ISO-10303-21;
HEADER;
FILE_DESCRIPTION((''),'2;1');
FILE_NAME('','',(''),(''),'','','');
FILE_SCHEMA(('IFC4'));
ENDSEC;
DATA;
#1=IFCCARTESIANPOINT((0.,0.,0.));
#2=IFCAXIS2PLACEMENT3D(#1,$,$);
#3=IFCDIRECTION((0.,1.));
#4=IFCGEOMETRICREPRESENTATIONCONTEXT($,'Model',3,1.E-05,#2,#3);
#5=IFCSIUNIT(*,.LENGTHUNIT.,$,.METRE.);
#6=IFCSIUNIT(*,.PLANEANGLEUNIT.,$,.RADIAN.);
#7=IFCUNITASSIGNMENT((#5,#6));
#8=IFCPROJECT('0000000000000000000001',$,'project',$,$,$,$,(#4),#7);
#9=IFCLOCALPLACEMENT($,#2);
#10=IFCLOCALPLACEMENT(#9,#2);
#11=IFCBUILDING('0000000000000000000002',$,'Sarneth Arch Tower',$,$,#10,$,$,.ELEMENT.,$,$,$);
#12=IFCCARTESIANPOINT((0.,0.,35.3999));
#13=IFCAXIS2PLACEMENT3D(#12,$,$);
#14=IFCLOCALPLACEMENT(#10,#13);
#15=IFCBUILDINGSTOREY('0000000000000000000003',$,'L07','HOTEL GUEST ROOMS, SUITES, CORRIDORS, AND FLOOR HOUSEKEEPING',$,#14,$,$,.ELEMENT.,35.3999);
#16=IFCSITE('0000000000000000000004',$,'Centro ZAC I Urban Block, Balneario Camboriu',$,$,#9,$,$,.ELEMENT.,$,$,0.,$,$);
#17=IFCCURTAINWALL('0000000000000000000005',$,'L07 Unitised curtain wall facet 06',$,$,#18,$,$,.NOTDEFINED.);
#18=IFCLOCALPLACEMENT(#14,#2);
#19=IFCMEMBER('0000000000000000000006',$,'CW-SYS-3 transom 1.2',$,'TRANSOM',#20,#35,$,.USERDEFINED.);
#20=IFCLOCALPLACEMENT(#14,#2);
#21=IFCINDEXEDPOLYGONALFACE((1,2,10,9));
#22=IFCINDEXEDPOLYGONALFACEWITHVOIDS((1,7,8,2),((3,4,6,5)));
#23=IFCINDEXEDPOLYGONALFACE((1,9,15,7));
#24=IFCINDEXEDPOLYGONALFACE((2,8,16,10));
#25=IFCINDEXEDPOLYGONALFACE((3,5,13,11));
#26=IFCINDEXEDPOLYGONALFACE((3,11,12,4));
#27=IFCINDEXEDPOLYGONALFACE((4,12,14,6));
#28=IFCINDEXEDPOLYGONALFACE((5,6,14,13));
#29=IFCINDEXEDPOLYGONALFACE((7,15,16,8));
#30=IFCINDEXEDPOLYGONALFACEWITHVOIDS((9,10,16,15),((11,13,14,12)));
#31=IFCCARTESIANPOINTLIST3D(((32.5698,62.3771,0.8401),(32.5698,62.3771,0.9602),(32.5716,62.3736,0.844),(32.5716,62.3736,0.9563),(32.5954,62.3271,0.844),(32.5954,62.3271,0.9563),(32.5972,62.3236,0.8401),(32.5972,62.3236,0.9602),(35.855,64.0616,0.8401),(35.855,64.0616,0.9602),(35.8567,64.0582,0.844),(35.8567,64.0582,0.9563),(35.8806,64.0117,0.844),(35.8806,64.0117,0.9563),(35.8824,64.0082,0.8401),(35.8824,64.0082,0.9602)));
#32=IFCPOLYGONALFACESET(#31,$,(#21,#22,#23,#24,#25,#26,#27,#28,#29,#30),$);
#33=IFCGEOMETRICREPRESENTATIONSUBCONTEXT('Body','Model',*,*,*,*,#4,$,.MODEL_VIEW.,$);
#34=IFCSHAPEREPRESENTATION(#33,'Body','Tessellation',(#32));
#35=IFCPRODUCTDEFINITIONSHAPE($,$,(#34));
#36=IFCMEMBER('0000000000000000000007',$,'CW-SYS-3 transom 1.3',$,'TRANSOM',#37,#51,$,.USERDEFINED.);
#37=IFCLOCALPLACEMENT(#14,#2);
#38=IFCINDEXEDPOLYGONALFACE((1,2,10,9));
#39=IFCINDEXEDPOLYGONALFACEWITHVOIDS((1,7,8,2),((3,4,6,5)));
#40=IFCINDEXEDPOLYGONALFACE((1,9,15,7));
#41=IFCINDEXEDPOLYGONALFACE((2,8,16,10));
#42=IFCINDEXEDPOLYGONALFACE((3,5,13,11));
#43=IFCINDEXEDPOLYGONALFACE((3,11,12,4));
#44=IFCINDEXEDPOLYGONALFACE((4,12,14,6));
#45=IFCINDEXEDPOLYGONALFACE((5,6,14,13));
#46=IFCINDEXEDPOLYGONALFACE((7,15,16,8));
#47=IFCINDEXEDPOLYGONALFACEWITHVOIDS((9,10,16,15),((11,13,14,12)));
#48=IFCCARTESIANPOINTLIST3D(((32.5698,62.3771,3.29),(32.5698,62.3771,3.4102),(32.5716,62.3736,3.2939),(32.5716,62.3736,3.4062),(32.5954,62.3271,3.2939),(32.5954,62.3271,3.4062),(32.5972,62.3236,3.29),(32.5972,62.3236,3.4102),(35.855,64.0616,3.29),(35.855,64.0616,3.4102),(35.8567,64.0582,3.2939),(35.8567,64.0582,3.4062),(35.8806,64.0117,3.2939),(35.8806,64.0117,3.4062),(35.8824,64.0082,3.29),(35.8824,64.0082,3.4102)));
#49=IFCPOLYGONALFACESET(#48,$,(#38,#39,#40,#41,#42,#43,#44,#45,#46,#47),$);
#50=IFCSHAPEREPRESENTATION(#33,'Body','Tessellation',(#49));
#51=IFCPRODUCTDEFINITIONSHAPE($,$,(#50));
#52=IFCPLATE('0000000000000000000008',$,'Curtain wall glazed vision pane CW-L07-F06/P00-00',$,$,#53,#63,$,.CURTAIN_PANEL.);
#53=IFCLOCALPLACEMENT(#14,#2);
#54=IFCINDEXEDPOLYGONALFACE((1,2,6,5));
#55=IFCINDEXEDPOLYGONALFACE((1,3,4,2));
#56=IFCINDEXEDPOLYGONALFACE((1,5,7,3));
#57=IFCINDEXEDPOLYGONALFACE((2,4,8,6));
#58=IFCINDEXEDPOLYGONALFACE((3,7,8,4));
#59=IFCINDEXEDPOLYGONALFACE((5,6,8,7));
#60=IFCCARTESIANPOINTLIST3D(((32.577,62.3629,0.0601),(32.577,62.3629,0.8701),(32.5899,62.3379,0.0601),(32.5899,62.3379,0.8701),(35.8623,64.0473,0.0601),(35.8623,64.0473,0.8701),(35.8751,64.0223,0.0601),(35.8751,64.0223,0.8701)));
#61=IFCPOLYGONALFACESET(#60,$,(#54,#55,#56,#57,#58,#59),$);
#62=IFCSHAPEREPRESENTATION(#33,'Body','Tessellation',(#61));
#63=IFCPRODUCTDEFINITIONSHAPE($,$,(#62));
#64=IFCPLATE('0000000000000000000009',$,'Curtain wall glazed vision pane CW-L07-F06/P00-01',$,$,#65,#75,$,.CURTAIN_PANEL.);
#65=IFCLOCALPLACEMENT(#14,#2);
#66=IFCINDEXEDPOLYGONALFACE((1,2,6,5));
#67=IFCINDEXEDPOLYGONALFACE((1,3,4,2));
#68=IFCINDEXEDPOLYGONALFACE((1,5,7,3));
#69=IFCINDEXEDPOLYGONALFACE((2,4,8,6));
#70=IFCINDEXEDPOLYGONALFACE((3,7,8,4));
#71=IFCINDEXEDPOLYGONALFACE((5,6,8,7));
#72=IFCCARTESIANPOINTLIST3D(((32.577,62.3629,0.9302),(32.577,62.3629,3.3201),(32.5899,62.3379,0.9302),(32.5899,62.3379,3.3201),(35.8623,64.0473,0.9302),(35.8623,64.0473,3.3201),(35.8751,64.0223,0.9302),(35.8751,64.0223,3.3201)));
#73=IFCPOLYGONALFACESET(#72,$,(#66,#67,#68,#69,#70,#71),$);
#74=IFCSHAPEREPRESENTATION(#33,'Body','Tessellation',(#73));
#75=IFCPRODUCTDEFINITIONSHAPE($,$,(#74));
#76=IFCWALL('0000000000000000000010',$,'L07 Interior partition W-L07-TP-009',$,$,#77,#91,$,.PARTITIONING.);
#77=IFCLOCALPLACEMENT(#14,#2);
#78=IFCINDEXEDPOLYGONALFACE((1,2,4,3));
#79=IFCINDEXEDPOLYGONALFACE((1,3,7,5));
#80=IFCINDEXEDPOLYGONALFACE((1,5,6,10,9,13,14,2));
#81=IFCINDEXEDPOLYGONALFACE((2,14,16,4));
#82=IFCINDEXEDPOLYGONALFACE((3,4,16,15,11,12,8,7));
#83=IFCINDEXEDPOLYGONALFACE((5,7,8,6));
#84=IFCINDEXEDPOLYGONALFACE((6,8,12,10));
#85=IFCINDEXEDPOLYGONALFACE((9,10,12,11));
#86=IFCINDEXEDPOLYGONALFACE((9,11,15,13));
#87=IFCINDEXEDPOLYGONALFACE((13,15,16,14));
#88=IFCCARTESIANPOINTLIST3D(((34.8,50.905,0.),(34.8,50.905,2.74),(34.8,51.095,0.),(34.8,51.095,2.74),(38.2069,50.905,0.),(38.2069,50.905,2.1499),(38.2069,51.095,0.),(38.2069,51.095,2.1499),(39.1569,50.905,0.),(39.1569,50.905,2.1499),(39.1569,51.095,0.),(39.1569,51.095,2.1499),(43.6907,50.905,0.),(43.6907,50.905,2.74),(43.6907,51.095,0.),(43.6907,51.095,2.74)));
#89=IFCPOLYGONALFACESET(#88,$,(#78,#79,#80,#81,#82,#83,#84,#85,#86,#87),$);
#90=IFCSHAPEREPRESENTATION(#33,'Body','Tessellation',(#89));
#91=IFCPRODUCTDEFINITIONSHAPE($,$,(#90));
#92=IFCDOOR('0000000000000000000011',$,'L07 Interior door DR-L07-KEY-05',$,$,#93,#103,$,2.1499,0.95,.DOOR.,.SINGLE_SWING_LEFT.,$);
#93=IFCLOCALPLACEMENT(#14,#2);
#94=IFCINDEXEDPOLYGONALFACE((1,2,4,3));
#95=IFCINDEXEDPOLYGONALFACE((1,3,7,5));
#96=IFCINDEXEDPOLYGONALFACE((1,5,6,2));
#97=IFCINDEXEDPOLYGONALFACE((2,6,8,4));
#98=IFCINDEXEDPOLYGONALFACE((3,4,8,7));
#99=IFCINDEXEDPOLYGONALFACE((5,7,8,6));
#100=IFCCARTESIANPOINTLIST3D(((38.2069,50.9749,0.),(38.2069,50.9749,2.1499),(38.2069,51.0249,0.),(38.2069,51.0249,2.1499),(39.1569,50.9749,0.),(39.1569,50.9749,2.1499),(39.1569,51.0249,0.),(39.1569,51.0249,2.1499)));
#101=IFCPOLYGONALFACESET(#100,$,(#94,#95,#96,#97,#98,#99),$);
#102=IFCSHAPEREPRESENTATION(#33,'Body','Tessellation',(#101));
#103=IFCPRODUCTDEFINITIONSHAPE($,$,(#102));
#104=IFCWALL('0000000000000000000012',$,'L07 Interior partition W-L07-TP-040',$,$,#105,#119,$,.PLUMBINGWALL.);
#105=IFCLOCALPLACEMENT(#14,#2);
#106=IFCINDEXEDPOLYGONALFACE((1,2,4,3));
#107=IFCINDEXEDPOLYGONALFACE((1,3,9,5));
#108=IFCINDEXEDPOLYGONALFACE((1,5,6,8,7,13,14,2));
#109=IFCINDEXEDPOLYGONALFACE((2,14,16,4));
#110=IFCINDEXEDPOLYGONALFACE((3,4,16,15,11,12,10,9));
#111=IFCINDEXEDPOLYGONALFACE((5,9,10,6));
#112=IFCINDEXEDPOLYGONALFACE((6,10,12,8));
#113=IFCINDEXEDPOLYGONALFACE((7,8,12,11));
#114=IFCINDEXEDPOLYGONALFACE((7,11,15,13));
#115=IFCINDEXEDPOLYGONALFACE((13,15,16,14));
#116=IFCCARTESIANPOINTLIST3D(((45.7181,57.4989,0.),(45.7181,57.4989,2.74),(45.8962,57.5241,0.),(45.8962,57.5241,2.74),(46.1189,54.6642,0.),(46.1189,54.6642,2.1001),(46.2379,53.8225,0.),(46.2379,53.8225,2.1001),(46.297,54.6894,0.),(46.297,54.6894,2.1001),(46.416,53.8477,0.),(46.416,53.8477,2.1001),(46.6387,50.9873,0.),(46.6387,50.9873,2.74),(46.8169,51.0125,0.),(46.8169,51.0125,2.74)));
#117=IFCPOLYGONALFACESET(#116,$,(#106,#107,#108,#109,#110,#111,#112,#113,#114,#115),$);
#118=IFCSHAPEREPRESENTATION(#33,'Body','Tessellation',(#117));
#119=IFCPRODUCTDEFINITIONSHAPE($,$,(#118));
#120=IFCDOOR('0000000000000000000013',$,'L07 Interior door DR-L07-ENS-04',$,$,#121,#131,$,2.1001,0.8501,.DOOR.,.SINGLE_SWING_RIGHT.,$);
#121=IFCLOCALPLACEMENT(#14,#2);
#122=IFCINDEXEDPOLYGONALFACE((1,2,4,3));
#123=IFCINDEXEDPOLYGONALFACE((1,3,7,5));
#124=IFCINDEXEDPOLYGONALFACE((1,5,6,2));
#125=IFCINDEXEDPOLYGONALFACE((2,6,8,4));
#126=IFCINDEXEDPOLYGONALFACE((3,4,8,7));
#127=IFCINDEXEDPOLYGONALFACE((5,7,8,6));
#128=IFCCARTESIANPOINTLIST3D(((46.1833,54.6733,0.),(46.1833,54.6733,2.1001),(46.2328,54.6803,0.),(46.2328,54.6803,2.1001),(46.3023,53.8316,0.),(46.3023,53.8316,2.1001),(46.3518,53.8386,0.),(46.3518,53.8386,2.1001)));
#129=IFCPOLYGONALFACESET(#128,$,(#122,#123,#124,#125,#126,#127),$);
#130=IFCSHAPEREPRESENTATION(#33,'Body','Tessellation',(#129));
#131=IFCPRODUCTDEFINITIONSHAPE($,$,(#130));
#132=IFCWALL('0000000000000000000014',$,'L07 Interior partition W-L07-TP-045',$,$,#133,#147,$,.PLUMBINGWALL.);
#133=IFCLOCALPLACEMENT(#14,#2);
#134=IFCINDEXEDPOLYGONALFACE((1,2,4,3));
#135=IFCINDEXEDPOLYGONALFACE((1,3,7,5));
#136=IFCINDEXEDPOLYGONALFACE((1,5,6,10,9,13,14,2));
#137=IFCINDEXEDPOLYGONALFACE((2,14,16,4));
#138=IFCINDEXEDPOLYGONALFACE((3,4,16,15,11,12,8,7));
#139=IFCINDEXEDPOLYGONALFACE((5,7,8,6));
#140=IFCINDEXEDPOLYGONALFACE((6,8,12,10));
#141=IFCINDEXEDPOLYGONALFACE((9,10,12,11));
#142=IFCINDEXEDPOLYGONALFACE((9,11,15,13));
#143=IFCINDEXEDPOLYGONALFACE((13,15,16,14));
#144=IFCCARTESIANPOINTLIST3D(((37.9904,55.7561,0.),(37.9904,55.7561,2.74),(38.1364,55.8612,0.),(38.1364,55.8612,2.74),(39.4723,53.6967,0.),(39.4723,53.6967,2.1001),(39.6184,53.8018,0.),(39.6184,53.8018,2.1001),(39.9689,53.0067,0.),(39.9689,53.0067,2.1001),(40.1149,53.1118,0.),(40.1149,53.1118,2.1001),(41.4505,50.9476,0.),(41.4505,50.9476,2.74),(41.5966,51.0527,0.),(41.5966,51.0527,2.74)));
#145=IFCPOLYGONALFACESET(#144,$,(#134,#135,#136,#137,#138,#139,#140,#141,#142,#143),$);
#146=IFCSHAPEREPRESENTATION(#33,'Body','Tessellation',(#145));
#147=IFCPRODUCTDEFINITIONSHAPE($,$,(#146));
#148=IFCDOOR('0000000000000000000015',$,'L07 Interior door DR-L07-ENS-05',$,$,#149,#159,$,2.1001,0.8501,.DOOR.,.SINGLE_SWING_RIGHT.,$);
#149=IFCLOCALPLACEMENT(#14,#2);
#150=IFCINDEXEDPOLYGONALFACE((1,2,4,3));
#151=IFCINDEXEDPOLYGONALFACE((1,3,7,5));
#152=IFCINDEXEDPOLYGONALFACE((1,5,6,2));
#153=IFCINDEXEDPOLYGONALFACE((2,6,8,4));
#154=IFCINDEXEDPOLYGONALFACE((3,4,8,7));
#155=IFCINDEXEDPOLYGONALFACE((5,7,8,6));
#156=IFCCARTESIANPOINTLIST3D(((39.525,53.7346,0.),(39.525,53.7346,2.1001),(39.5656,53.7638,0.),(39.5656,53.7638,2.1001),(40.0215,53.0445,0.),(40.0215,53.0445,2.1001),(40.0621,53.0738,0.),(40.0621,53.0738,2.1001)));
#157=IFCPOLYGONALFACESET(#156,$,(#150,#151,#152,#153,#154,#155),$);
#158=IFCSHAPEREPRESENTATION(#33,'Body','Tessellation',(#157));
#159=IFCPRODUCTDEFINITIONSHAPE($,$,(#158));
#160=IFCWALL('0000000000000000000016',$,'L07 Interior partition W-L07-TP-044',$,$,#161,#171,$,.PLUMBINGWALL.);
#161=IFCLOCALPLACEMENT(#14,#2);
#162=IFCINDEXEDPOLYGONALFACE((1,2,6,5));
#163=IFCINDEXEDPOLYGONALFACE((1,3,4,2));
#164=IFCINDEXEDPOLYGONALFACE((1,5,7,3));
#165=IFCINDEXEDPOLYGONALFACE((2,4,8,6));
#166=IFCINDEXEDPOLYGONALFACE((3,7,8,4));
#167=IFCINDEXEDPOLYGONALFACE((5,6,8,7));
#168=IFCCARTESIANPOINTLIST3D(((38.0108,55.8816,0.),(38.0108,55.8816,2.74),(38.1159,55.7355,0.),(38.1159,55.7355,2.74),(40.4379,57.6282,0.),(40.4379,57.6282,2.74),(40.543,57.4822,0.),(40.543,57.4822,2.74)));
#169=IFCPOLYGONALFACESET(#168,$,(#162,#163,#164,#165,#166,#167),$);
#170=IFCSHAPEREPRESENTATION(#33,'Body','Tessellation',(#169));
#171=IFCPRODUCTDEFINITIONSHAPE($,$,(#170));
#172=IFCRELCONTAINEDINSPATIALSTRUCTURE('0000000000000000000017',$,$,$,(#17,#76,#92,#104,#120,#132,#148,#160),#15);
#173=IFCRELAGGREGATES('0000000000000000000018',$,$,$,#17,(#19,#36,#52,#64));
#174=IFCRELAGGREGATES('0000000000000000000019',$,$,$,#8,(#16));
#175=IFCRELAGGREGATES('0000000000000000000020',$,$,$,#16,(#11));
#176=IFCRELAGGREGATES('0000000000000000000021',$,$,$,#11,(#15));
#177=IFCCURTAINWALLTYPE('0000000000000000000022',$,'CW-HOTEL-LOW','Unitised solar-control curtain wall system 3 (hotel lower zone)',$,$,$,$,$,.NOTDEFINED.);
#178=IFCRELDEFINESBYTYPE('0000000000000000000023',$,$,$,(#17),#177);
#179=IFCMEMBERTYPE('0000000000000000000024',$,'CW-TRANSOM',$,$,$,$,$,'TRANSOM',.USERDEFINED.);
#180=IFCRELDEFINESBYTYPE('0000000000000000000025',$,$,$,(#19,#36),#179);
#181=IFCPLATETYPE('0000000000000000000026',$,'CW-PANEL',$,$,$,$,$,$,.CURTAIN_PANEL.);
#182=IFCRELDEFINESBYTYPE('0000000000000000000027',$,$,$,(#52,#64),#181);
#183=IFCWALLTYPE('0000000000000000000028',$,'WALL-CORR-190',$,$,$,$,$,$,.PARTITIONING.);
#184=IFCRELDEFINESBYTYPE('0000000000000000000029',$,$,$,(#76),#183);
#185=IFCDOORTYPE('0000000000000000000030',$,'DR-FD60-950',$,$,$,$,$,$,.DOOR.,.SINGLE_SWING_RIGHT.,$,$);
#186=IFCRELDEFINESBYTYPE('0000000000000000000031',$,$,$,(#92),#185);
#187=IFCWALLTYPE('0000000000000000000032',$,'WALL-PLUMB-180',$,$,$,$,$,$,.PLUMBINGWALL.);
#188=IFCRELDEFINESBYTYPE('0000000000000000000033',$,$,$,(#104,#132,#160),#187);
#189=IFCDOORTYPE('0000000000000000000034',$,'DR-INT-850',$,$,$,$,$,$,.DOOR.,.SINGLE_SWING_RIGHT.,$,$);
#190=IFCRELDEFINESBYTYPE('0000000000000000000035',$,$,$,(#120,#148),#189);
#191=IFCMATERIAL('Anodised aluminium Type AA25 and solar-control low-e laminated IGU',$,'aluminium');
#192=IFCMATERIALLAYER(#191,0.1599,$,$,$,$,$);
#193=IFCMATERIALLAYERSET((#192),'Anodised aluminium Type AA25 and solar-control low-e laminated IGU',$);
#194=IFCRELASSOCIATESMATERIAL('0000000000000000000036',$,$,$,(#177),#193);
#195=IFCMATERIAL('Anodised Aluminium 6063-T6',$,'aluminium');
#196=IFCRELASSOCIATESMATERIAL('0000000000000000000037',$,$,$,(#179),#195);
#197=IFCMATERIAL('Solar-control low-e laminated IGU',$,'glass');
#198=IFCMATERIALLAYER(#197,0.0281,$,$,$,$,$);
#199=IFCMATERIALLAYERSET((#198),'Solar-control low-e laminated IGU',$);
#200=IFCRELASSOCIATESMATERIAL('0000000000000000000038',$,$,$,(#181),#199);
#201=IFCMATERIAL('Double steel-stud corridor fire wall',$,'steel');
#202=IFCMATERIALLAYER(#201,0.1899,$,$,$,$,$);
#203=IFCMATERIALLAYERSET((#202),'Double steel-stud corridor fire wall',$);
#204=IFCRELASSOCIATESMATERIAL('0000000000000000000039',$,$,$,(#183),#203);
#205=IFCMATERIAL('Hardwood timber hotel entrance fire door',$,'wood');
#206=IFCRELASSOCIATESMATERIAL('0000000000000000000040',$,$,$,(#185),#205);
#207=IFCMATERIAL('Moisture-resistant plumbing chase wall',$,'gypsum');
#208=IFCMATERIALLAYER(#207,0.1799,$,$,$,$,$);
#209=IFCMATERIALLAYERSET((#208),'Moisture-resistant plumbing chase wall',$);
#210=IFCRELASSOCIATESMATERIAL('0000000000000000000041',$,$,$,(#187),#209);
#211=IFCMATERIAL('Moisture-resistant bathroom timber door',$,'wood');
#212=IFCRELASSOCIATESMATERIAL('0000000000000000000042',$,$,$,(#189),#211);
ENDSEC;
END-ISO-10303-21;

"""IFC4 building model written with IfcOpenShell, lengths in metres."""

from ifc_helpers import new_model, si_unit, direction, frame, frame_2d, origin, origin_2d, place, context, subcontext, project, spatial, rectangle, hollow_rectangle, extrude, material, layer, layer_set, material_profile, profile_set, type_object, element, fill, aggregate, save


model = new_model("IFC4")

# Units and contexts
model_context = context("Model", 3, precision=1e-05, world=origin(), true_north=direction((0.0, 1.0)))
body_context = subcontext(model_context, "Body", "Model", "MODEL_VIEW")
ifc_project = project(units=[si_unit("LENGTHUNIT", "METRE"), si_unit("PLANEANGLEUNIT", "RADIAN")], contexts=[model_context])

# Site, building, storey
site_placement = place(None, origin())
site = spatial("IfcSite", under=ifc_project, at=site_placement, Name="Centro ZAC I Urban Block, Balneario Camboriu", CompositionType="ELEMENT", RefElevation=0.0)
building_placement = place(site_placement, origin())
building = spatial("IfcBuilding", under=site, at=building_placement, Name="Sarneth Arch Tower", CompositionType="ELEMENT")
storey_placement = place(building_placement, frame((0.0, 0.0, 35.3999)))
storey = spatial("IfcBuildingStorey", under=building, at=storey_placement, Name="L07", Description="HOTEL GUEST ROOMS, SUITES, CORRIDORS, AND FLOOR HOUSEKEEPING", CompositionType="ELEMENT", Elevation=35.3999)

# Curtain wall, members, plates
ifc_material_1 = material(Name="Anodised aluminium Type AA25 and solar-control low-e laminated IGU", Category="aluminium")
ifc_layer_1 = layer(ifc_material_1, 0.1599)
ifc_layer_set_1 = layer_set([ifc_layer_1], Name="Anodised aluminium Type AA25 and solar-control low-e laminated IGU")
curtain_wall_type = type_object("IfcCurtainWallType", Name="CW-HOTEL-LOW", Description="Unitised solar-control curtain wall system 3 (hotel lower zone)", PredefinedType="NOTDEFINED", material=ifc_layer_set_1)
curtain_wall_placement = place(storey_placement, origin())
curtain_wall = element("IfcCurtainWall", 1, at=curtain_wall_placement, inside=storey, type_object=curtain_wall_type, Name="L07 Unitised curtain wall facet 06", PredefinedType="NOTDEFINED")
ifc_material_2 = material(Name="Anodised Aluminium 6063-T6", Category="aluminium")
ifc_material_profile_1 = material_profile(ifc_material_2, hollow_rectangle(XDim=0.0601, YDim=0.1201, WallThickness=0.0039, at=origin_2d()), Name="AL-TRAN-120x60x4")
ifc_profile_set_1 = profile_set([ifc_material_profile_1], Name="Anodised Aluminium 6063-T6")
member_type_1 = type_object("IfcMemberType", Name="CW-TRANSOM", ElementType="TRANSOM", PredefinedType="USERDEFINED", material=ifc_profile_set_1)
member_1_placement = place(storey_placement, frame((35.8687, 64.0349, 0.9001), z_axis=(-0.889831, -0.45629, 0.0), x_axis=(0.45629, -0.889831, 0.0)))
member_1 = element("IfcMember", 2, at=member_1_placement, type_object=member_type_1, Name="CW-SYS-3 transom 1.2", ObjectType="TRANSOM", PredefinedType="USERDEFINED", context=body_context, shape_type="SweptSolid", body=[
    extrude(hollow_rectangle(XDim=0.0601, YDim=0.1201, WallThickness=0.0039, at=origin_2d()), origin(), (0.0, 0.0, 1.0), 3.6919),
])
member_2_placement = place(storey_placement, frame((35.8687, 64.0349, 3.3501), z_axis=(-0.889831, -0.45629, 0.0), x_axis=(0.45629, -0.889831, 0.0)))
member_2 = element("IfcMember", 3, at=member_2_placement, type_object=member_type_1, Name="CW-SYS-3 transom 1.3", ObjectType="TRANSOM", PredefinedType="USERDEFINED", context=body_context, shape_type="SweptSolid", body=[
    extrude(hollow_rectangle(XDim=0.0601, YDim=0.1201, WallThickness=0.0039, at=origin_2d()), origin(), (0.0, 0.0, 1.0), 3.6919),
])
ifc_material_3 = material(Name="Solar-control low-e laminated IGU", Category="glass")
ifc_layer_2 = layer(ifc_material_3, 0.0281)
ifc_layer_set_2 = layer_set([ifc_layer_2], Name="Solar-control low-e laminated IGU")
plate_type = type_object("IfcPlateType", Name="CW-PANEL", PredefinedType="CURTAIN_PANEL", material=ifc_layer_set_2)
plate_1_placement = place(storey_placement, frame((34.2261, 63.1926, 0.0601), z_axis=(0.0, 0.0, 1.0), x_axis=(-0.889854, -0.456245, 0.0)))
plate_1 = element("IfcPlate", 4, at=plate_1_placement, type_object=plate_type, Name="Curtain wall glazed vision pane CW-L07-F06/P00-00", PredefinedType="CURTAIN_PANEL", context=body_context, shape_type="SweptSolid", body=[
    extrude(rectangle(XDim=3.6919, YDim=0.0281, at=origin_2d()), origin(), (0.0, 0.0, 1.0), 0.8101),
])
plate_2_placement = place(storey_placement, frame((34.2261, 63.1926, 0.9302), z_axis=(0.0, 0.0, 1.0), x_axis=(-0.889854, -0.456245, 0.0)))
plate_2 = element("IfcPlate", 5, at=plate_2_placement, type_object=plate_type, Name="Curtain wall glazed vision pane CW-L07-F06/P00-01", PredefinedType="CURTAIN_PANEL", context=body_context, shape_type="SweptSolid", body=[
    extrude(rectangle(XDim=3.6919, YDim=0.0281, at=origin_2d()), origin(), (0.0, 0.0, 1.0), 2.3899),
])
aggregate(curtain_wall, [member_1, member_2, plate_1, plate_2])

# Walls, openings, doors
ifc_material_4 = material(Name="Double steel-stud corridor fire wall", Category="steel")
ifc_layer_3 = layer(ifc_material_4, 0.1899)
ifc_layer_set_3 = layer_set([ifc_layer_3], Name="Double steel-stud corridor fire wall")
wall_type_1 = type_object("IfcWallType", Name="WALL-CORR-190", PredefinedType="PARTITIONING", material=ifc_layer_set_3)
wall_1_placement = place(storey_placement, frame((34.8, 51.0, 0.0), z_axis=(0.0, 0.0, 1.0), x_axis=(1.0, 0.0, 0.0)))
wall_1 = element("IfcWall", 6, at=wall_1_placement, inside=storey, type_object=wall_type_1, Name="L07 Interior partition W-L07-TP-009", PredefinedType="PARTITIONING", context=body_context, shape_type="SweptSolid", body=[
    extrude(rectangle(XDim=8.8906, YDim=0.1899, at=frame_2d((4.4453, 0.0))), origin(), (0.0, 0.0, 1.0), 2.74),
])
opening_1_placement = place(wall_1_placement, frame((3.4067, 0.0, 0.0)))
opening_1 = element("IfcOpeningElement", 7, at=opening_1_placement, cuts=wall_1, PredefinedType="OPENING", context=body_context, shape_type="SweptSolid", body=[
    extrude(rectangle(XDim=0.95, YDim=2.1499, at=frame_2d((0.4751, 1.075))), frame((0.0, 0.105, 0.0), z_axis=(0.0, -1.0, 0.0), x_axis=(1.0, 0.0, 0.0)), (0.0, 0.0, 1.0), 0.21),
])
ifc_material_5 = material(Name="Hardwood timber hotel entrance fire door", Category="wood")
door_type_1 = type_object("IfcDoorType", Name="DR-FD60-950", OperationType="SINGLE_SWING_RIGHT", PredefinedType="DOOR", material=ifc_material_5)
door_1_placement = place(opening_1_placement, origin())
door_1 = element("IfcDoor", 8, at=door_1_placement, inside=storey, type_object=door_type_1, Name="L07 Interior door DR-L07-KEY-05", OperationType="SINGLE_SWING_LEFT", OverallHeight=2.1499, OverallWidth=0.95, PredefinedType="DOOR", context=body_context, shape_type="SweptSolid", body=[
    extrude(rectangle(XDim=0.95, YDim=2.1499, at=frame_2d((0.4751, 1.075))), frame((0.0, 0.0249, 0.0), z_axis=(0.0, -1.0, 0.0), x_axis=(1.0, 0.0, 0.0)), (0.0, 0.0, 1.0), 0.05),
])
fill(opening_1, door_1)
ifc_material_6 = material(Name="Moisture-resistant plumbing chase wall", Category="gypsum")
ifc_layer_4 = layer(ifc_material_6, 0.1799)
ifc_layer_set_4 = layer_set([ifc_layer_4], Name="Moisture-resistant plumbing chase wall")
wall_type_2 = type_object("IfcWallType", Name="WALL-PLUMB-180", PredefinedType="PLUMBINGWALL", material=ifc_layer_set_4)
wall_2_placement = place(storey_placement, frame((46.7278, 51.0, 0.0), z_axis=(0.0, 0.0, 1.0), x_axis=(-0.139992, 0.990153, 0.0)))
wall_2 = element("IfcWall", 9, at=wall_2_placement, inside=storey, type_object=wall_type_2, Name="L07 Interior partition W-L07-TP-040", PredefinedType="PLUMBINGWALL", context=body_context, shape_type="SweptSolid", body=[
    extrude(rectangle(XDim=6.5764, YDim=0.1799, at=frame_2d((3.2881, 0.0))), origin(), (0.0, 0.0, 1.0), 2.74),
])
opening_2_placement = place(wall_2_placement, frame((2.8633, 0.0, 0.0)))
opening_2 = element("IfcOpeningElement", 10, at=opening_2_placement, cuts=wall_2, PredefinedType="OPENING", context=body_context, shape_type="SweptSolid", body=[
    extrude(rectangle(XDim=0.8501, YDim=2.1001, at=frame_2d((0.425, 1.05))), frame((0.0, 0.0999, 0.0), z_axis=(0.0, -1.0, 0.0), x_axis=(1.0, 0.0, 0.0)), (0.0, 0.0, 1.0), 0.2),
])
ifc_material_7 = material(Name="Moisture-resistant bathroom timber door", Category="wood")
door_type_2 = type_object("IfcDoorType", Name="DR-INT-850", OperationType="SINGLE_SWING_RIGHT", PredefinedType="DOOR", material=ifc_material_7)
door_2_placement = place(opening_2_placement, origin())
door_2 = element("IfcDoor", 11, at=door_2_placement, inside=storey, type_object=door_type_2, Name="L07 Interior door DR-L07-ENS-04", OperationType="SINGLE_SWING_RIGHT", OverallHeight=2.1001, OverallWidth=0.8501, PredefinedType="DOOR", context=body_context, shape_type="SweptSolid", body=[
    extrude(rectangle(XDim=0.8501, YDim=2.1001, at=frame_2d((0.425, 1.05))), frame((0.0, 0.0249, 0.0), z_axis=(0.0, -1.0, 0.0), x_axis=(1.0, 0.0, 0.0)), (0.0, 0.0, 1.0), 0.05),
])
fill(opening_2, door_2)
wall_3_placement = place(storey_placement, frame((38.0635, 55.8086, 0.0), z_axis=(0.0, 0.0, 1.0), x_axis=(0.584084, -0.811693, 0.0)))
wall_3 = element("IfcWall", 12, at=wall_3_placement, inside=storey, type_object=wall_type_2, Name="L07 Interior partition W-L07-TP-045", PredefinedType="PLUMBINGWALL", context=body_context, shape_type="SweptSolid", body=[
    extrude(rectangle(XDim=5.9241, YDim=0.1799, at=frame_2d((2.9619, 0.0))), origin(), (0.0, 0.0, 1.0), 2.74),
])
opening_3_placement = place(wall_3_placement, frame((2.5371, 0.0, 0.0)))
opening_3 = element("IfcOpeningElement", 13, at=opening_3_placement, cuts=wall_3, PredefinedType="OPENING", context=body_context, shape_type="SweptSolid", body=[
    extrude(rectangle(XDim=0.8501, YDim=2.1001, at=frame_2d((0.425, 1.05))), frame((0.0, 0.0999, 0.0), z_axis=(0.0, -1.0, 0.0), x_axis=(1.0, 0.0, 0.0)), (0.0, 0.0, 1.0), 0.2),
])
door_3_placement = place(opening_3_placement, origin())
door_3 = element("IfcDoor", 14, at=door_3_placement, inside=storey, type_object=door_type_2, Name="L07 Interior door DR-L07-ENS-05", OperationType="SINGLE_SWING_RIGHT", OverallHeight=2.1001, OverallWidth=0.8501, PredefinedType="DOOR", context=body_context, shape_type="SweptSolid", body=[
    extrude(rectangle(XDim=0.8501, YDim=2.1001, at=frame_2d((0.425, 1.05))), frame((0.0, 0.0249, 0.0), z_axis=(0.0, -1.0, 0.0), x_axis=(1.0, 0.0, 0.0)), (0.0, 0.0, 1.0), 0.05),
])
fill(opening_3, door_3)

# Wall
wall_4_placement = place(storey_placement, frame((40.4905, 57.5552, 0.0), z_axis=(0.0, 0.0, 1.0), x_axis=(-0.811671, -0.584115, 0.0)))
element("IfcWall", 15, at=wall_4_placement, inside=storey, type_object=wall_type_2, Name="L07 Interior partition W-L07-TP-044", PredefinedType="PLUMBINGWALL", context=body_context, shape_type="SweptSolid", body=[
    extrude(rectangle(XDim=2.9902, YDim=0.1799, at=frame_2d((1.4951, 0.0))), origin(), (0.0, 0.0, 1.0), 2.74),
])

save(model, "model.ifc")
